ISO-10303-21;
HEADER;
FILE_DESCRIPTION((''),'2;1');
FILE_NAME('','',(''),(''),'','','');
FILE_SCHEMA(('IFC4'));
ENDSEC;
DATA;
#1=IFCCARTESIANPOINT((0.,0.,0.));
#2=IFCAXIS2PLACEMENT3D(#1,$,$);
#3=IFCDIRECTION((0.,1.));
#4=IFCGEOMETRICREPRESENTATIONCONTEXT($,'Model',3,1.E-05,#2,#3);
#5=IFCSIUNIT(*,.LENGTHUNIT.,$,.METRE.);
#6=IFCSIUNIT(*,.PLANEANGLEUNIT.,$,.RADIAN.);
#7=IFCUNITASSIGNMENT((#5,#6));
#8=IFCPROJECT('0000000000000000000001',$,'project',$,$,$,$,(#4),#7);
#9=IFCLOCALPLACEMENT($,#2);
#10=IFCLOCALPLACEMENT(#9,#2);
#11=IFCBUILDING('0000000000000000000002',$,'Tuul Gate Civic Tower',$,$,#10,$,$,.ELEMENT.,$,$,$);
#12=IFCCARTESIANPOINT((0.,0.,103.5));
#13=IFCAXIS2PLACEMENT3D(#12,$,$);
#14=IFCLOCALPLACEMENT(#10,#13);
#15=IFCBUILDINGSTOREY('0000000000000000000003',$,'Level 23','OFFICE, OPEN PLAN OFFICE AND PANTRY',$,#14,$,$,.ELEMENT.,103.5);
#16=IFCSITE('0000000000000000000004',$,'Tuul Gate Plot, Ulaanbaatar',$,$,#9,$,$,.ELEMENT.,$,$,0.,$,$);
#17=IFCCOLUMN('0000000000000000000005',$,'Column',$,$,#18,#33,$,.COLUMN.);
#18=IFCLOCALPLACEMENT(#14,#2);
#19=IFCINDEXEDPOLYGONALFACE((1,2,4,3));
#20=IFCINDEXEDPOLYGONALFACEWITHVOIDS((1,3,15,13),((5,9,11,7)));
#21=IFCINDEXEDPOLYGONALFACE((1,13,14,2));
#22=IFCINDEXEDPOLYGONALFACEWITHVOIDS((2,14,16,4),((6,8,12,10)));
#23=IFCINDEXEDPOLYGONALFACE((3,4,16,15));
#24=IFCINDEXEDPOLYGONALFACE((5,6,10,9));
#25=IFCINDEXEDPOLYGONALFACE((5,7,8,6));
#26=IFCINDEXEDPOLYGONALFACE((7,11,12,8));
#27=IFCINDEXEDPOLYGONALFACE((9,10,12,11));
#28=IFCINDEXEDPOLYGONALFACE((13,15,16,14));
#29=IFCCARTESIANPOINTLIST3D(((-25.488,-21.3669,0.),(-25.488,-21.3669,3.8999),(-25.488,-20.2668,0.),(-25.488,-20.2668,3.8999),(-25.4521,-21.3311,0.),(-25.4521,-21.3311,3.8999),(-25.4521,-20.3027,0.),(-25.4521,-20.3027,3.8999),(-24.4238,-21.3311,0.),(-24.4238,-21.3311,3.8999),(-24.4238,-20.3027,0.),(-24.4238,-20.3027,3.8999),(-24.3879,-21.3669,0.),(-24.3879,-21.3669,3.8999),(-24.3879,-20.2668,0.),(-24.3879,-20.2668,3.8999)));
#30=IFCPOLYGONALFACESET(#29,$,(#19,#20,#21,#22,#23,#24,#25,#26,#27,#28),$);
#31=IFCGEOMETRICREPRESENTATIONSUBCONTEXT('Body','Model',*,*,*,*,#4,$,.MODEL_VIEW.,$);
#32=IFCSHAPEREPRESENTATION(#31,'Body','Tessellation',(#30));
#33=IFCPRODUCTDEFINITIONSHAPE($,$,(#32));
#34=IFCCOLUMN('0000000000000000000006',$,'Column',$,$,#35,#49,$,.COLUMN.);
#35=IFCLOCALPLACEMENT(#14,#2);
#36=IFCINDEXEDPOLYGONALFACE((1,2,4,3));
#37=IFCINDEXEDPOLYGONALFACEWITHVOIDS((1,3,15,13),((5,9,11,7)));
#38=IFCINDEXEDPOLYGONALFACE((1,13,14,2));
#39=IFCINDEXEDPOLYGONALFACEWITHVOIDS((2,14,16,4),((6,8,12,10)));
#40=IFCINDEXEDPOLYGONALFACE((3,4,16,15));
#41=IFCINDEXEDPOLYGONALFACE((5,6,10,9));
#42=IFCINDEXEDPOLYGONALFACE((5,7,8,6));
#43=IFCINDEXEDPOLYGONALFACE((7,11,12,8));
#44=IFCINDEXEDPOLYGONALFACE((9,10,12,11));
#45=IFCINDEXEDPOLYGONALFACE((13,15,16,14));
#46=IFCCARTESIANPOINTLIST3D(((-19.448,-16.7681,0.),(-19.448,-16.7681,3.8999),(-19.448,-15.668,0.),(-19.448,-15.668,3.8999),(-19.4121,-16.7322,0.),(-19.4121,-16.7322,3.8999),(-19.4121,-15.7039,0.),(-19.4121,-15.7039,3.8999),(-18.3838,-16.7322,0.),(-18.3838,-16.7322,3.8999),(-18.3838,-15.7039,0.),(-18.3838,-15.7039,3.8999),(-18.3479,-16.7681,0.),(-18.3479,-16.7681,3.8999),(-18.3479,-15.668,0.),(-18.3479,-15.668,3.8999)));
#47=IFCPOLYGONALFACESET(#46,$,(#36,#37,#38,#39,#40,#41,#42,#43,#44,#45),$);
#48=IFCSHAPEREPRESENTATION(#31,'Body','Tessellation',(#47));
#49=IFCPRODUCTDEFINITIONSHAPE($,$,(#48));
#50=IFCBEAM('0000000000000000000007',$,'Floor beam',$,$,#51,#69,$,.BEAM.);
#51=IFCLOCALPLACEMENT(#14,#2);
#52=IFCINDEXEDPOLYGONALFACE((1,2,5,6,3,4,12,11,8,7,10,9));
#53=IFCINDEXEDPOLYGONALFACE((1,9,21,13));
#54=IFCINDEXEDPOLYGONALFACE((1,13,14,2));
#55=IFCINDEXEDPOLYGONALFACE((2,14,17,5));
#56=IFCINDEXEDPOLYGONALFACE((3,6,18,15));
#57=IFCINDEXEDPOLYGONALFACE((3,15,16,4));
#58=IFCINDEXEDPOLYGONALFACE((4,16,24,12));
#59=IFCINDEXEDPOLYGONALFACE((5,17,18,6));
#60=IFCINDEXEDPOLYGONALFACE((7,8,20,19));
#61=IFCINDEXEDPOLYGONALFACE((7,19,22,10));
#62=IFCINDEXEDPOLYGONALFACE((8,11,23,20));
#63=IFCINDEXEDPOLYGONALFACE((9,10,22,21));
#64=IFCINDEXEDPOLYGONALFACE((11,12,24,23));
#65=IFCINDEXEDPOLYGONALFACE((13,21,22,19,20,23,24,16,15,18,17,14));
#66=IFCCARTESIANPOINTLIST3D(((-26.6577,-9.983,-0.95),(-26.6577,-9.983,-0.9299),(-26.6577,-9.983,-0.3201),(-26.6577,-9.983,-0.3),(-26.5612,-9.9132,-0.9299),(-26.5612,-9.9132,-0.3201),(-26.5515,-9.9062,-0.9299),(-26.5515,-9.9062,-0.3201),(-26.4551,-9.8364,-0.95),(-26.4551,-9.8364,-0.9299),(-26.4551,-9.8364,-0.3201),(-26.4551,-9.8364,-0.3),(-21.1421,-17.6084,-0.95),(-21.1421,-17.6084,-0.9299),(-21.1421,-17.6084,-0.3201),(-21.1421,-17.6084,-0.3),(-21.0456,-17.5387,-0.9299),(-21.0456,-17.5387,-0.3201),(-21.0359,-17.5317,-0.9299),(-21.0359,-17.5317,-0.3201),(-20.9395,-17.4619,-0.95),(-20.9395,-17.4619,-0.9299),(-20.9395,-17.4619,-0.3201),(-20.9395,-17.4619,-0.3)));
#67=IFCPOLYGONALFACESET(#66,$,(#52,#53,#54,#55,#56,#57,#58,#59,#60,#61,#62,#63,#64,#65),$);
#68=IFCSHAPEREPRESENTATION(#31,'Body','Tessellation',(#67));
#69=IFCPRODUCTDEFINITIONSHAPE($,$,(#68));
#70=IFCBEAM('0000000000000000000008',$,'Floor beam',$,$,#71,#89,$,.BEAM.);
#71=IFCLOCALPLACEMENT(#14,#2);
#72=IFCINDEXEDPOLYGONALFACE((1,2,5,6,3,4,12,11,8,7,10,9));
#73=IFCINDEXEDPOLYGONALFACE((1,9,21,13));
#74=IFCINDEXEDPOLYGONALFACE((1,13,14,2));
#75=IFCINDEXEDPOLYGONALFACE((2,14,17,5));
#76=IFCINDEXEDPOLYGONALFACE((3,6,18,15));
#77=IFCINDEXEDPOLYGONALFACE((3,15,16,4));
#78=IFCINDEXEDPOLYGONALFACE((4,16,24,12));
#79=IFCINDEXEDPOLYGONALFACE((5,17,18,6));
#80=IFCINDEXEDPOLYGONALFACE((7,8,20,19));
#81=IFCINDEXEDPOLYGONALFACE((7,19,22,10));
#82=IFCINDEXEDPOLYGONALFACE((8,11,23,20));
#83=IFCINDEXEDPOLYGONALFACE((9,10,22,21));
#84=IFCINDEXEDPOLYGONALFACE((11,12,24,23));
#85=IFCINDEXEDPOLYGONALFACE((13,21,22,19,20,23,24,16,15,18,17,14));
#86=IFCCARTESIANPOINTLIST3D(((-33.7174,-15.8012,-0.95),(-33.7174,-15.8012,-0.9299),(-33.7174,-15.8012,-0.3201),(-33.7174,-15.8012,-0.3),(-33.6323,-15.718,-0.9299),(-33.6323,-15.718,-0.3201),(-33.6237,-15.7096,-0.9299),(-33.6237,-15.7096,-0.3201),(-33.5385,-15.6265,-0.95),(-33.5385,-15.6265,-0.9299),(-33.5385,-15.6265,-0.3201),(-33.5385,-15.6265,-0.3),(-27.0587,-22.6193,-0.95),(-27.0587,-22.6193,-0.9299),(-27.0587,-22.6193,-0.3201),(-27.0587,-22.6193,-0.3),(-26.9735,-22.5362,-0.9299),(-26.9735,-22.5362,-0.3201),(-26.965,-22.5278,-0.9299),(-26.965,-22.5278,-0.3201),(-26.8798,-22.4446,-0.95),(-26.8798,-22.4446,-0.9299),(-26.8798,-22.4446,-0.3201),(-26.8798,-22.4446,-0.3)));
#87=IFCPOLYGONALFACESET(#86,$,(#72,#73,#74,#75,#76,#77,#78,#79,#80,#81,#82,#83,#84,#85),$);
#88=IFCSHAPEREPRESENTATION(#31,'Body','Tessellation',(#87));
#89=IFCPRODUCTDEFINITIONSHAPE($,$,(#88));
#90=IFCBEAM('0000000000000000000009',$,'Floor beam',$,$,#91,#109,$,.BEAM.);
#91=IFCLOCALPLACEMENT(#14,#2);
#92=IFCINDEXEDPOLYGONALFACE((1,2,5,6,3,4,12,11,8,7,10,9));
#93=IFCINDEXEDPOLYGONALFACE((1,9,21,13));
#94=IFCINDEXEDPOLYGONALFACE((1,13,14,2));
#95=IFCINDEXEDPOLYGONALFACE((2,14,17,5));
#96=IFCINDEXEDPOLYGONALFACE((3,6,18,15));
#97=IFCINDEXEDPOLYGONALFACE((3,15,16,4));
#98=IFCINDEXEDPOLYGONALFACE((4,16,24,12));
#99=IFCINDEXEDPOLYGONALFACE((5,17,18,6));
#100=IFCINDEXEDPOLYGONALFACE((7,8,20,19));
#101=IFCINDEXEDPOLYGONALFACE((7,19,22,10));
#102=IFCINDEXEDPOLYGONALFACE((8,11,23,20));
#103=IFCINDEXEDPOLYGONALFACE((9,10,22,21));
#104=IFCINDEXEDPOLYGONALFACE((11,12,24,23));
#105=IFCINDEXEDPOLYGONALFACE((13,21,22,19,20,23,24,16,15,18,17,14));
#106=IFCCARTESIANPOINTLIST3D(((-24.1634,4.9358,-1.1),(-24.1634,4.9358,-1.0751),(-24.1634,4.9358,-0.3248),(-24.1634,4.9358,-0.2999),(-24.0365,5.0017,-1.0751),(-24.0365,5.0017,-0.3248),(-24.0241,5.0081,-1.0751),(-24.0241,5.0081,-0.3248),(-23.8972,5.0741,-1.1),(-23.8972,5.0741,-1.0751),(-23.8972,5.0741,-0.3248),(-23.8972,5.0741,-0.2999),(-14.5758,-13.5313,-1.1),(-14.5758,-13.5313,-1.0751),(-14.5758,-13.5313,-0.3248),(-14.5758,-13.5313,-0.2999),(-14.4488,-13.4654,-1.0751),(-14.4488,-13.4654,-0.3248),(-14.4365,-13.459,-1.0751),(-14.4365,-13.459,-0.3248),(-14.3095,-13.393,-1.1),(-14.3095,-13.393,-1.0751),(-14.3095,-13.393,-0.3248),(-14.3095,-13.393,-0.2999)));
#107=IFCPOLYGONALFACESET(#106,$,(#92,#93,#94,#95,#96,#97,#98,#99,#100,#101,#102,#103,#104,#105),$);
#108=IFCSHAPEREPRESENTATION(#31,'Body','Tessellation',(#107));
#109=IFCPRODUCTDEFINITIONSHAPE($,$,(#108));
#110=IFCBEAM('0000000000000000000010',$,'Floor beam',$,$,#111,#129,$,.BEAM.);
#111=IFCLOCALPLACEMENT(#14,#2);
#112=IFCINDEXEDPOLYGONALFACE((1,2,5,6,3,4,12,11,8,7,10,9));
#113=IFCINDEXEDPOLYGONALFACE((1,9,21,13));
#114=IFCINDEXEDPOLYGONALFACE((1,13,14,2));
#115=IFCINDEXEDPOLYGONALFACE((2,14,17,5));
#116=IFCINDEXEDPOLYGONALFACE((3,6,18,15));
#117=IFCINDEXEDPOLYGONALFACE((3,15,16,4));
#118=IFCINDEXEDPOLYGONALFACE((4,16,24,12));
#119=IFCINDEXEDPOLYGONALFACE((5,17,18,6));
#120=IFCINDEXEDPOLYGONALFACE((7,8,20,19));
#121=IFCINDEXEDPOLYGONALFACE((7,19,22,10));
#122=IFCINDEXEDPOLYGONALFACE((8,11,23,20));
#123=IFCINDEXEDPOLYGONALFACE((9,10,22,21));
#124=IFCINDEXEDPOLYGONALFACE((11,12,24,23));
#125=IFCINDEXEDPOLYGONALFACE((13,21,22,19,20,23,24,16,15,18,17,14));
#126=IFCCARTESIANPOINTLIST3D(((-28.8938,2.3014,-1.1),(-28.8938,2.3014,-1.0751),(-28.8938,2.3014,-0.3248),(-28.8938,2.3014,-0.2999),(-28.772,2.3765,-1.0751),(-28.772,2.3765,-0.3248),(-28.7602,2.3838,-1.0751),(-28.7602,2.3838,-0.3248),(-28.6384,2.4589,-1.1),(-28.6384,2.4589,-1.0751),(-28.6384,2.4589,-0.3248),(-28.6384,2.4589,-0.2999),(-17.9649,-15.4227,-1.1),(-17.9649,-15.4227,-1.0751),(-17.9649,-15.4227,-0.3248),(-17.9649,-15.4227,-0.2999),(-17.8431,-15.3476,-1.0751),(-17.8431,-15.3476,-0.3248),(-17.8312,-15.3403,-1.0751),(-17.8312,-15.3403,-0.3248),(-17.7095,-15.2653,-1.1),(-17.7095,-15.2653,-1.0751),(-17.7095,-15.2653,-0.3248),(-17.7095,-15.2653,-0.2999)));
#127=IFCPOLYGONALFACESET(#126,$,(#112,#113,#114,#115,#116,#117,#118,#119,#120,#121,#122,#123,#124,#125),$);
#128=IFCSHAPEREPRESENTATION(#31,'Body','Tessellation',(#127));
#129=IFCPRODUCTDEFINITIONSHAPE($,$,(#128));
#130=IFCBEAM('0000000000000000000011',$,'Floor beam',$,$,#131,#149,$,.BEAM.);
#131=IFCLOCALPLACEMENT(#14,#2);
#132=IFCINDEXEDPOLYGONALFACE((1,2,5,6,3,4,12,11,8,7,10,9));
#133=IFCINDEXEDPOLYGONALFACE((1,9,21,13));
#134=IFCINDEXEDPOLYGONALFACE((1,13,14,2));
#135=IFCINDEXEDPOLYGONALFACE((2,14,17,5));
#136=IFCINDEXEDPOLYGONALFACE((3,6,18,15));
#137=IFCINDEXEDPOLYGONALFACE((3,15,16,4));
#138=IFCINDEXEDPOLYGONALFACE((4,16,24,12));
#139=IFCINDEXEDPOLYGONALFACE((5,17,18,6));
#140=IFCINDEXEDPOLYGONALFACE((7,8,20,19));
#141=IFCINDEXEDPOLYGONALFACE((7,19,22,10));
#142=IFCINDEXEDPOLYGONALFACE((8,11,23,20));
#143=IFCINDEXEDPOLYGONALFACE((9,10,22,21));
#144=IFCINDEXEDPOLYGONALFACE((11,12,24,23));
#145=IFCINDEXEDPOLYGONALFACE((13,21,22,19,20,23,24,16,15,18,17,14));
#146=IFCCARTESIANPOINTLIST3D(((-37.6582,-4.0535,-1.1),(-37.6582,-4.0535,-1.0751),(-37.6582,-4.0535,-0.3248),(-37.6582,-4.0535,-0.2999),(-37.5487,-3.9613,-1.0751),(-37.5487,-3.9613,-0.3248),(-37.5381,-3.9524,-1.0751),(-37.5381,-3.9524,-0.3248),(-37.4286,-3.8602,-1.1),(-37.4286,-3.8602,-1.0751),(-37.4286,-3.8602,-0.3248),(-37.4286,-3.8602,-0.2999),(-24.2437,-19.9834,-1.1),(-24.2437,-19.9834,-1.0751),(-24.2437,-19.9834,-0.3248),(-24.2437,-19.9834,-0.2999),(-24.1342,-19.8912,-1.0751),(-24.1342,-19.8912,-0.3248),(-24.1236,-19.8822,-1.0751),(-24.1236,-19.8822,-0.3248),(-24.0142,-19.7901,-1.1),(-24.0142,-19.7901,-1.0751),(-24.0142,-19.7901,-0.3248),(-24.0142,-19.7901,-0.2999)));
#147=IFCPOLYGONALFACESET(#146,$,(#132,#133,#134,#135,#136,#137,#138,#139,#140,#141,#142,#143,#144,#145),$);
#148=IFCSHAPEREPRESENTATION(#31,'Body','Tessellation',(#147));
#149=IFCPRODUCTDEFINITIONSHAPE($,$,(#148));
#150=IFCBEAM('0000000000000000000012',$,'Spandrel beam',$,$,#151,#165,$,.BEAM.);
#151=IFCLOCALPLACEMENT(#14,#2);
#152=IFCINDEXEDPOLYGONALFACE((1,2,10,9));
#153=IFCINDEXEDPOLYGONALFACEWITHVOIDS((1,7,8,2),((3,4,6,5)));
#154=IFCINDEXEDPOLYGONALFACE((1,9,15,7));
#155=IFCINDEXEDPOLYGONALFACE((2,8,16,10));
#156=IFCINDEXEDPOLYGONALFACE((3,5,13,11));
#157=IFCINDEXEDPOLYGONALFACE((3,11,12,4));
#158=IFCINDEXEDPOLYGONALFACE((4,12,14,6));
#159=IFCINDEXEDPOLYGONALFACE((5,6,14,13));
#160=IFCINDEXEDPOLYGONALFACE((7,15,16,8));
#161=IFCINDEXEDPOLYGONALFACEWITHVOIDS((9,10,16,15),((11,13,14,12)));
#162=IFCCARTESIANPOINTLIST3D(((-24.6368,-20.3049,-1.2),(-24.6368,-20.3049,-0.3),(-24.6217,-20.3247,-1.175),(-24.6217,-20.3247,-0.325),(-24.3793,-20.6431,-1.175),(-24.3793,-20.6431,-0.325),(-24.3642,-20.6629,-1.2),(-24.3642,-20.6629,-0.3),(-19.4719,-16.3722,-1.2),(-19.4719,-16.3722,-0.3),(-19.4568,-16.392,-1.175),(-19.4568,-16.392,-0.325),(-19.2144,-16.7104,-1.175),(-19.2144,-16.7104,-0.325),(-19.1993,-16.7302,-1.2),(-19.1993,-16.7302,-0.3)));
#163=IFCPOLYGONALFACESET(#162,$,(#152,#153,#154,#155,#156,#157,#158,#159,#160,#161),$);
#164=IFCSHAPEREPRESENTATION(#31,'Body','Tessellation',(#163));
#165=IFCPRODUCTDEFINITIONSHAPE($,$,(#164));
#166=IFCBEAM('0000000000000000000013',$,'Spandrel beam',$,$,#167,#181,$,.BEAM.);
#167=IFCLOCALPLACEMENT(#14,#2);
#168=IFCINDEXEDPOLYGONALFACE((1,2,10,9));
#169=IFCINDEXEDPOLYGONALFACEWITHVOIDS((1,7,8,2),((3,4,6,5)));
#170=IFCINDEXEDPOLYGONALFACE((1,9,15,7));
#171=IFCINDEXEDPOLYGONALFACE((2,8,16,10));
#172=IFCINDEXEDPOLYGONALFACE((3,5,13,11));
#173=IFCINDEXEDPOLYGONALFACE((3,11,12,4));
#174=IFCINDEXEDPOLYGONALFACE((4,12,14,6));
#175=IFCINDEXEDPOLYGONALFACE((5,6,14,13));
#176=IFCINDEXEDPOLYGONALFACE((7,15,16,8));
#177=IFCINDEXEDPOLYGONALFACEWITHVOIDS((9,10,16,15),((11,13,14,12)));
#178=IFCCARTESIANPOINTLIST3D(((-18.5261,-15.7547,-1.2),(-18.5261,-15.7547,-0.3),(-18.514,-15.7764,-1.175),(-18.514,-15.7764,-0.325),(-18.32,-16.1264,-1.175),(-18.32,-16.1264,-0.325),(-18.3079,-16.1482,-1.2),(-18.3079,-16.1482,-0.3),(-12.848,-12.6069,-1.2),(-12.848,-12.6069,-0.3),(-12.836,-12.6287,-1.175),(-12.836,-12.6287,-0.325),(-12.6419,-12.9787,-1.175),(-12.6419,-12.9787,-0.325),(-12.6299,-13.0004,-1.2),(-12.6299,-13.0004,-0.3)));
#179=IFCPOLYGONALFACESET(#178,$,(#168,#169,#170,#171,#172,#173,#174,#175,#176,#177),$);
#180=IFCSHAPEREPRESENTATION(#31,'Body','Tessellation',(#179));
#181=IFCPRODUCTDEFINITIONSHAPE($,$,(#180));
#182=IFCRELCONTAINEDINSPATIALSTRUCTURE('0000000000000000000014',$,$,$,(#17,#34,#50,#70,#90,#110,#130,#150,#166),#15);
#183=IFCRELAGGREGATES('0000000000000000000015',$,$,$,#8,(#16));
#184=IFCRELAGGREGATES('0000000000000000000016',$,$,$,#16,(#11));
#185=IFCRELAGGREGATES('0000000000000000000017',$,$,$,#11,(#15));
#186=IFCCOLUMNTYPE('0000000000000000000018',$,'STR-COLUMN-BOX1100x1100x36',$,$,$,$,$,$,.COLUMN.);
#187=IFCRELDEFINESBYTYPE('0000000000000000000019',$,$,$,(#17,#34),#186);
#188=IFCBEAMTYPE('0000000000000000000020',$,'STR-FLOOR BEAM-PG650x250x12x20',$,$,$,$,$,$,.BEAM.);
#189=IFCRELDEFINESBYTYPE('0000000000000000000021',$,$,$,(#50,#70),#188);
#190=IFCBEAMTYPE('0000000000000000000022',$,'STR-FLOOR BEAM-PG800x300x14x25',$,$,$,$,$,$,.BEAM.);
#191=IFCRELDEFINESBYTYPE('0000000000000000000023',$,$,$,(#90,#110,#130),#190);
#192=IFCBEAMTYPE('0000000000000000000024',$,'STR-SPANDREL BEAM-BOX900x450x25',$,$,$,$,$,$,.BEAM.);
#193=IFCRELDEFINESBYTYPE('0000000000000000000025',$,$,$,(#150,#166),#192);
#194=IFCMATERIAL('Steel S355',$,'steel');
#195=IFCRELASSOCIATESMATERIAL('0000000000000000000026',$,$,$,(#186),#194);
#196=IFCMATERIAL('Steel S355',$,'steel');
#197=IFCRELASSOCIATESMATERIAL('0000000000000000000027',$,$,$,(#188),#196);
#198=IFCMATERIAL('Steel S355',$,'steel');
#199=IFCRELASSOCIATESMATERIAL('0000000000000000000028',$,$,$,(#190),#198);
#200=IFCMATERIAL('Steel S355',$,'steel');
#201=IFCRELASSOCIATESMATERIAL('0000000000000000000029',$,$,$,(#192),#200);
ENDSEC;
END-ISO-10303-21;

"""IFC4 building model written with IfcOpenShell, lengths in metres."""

from ifc_helpers import new_model, si_unit, direction, frame, origin, origin_2d, place, context, subcontext, project, spatial, hollow_rectangle, i_section, extrude, material, material_profile, profile_set, type_object, element, save


model = new_model("IFC4")

# Units and contexts
model_context = context("Model", 3, precision=1e-05, world=origin(), true_north=direction((0.0, 1.0)))
body_context = subcontext(model_context, "Body", "Model", "MODEL_VIEW")
ifc_project = project(units=[si_unit("LENGTHUNIT", "METRE"), si_unit("PLANEANGLEUNIT", "RADIAN")], contexts=[model_context])

# Site, building, storey
site_placement = place(None, origin())
site = spatial("IfcSite", under=ifc_project, at=site_placement, Name="Tuul Gate Plot, Ulaanbaatar", CompositionType="ELEMENT", RefElevation=0.0)
building_placement = place(site_placement, origin())
building = spatial("IfcBuilding", under=site, at=building_placement, Name="Tuul Gate Civic Tower", CompositionType="ELEMENT")
storey_placement = place(building_placement, frame((0.0, 0.0, 103.5)))
storey = spatial("IfcBuildingStorey", under=building, at=storey_placement, Name="Level 23", Description="OFFICE, OPEN PLAN OFFICE AND PANTRY", CompositionType="ELEMENT", Elevation=103.5)

# Columns
ifc_material_1 = material(Name="Steel S355", Category="steel")
ifc_material_profile_1 = material_profile(ifc_material_1, hollow_rectangle(XDim=1.1001, YDim=1.1001, WallThickness=0.0359, at=origin_2d()), Name="BOX1100x1100x36")
ifc_profile_set_1 = profile_set([ifc_material_profile_1], Name="Steel S355")
column_type = type_object("IfcColumnType", Name="STR-COLUMN-BOX1100x1100x36", PredefinedType="COLUMN", material=ifc_profile_set_1)
for number, where, z_axis, x_axis, name in (
    (1, (-24.938, -20.8169, 0.0), (0.0, 0.0, 1.0), (1.0, 0.0, 0.0), "Column"),
    (2, (-18.8979, -16.218, 0.0), (0.0, 0.0, 1.0), (1.0, 0.0, 0.0), "Column"),
):
    element("IfcColumn", number, at=place(storey_placement, frame(where, z_axis=z_axis, x_axis=x_axis)), inside=storey, type_object=column_type, Name=name, PredefinedType="COLUMN", context=body_context, shape_type="SweptSolid", body=[
        extrude(hollow_rectangle(XDim=1.1001, YDim=1.1001, WallThickness=0.0359, at=origin_2d()), origin(), (0.0, 0.0, 1.0), 3.8999),
    ])

# Beams
ifc_material_2 = material(Name="Steel S355", Category="steel")
ifc_material_profile_2 = material_profile(ifc_material_2, i_section(OverallWidth=0.25, OverallDepth=0.6499, WebThickness=0.012, FlangeThickness=0.02, at=origin_2d()), Name="PG650x250x12x20")
ifc_profile_set_2 = profile_set([ifc_material_profile_2], Name="Steel S355")
beam_type_1 = type_object("IfcBeamType", Name="STR-FLOOR BEAM-PG650x250x12x20", PredefinedType="BEAM", material=ifc_profile_set_2)
beam_1_placement = place(storey_placement, frame((-21.0408, -17.5352, -0.625), z_axis=(-0.586072, 0.810259, 0.0), x_axis=(-0.810259, -0.586072, 0.0)))
element("IfcBeam", 3, at=beam_1_placement, inside=storey, type_object=beam_type_1, Name="Floor beam", PredefinedType="BEAM", context=body_context, shape_type="SweptSolid", body=[
    extrude(i_section(OverallWidth=0.25, OverallDepth=0.6499, WebThickness=0.012, FlangeThickness=0.02, at=origin_2d()), origin(), (0.0, 0.0, 1.0), 9.4111),
])
beam_2_placement = place(storey_placement, frame((-26.9692, -22.532, -0.625), z_axis=(-0.698693, 0.715421, 0.0), x_axis=(-0.715421, -0.698693, 0.0)))
element("IfcBeam", 4, at=beam_2_placement, inside=storey, type_object=beam_type_1, Name="Floor beam", PredefinedType="BEAM", context=body_context, shape_type="SweptSolid", body=[
    extrude(i_section(OverallWidth=0.25, OverallDepth=0.6499, WebThickness=0.012, FlangeThickness=0.02, at=origin_2d()), origin(), (0.0, 0.0, 1.0), 9.5303),
])
ifc_material_3 = material(Name="Steel S355", Category="steel")
ifc_material_profile_3 = material_profile(ifc_material_3, i_section(OverallWidth=0.3, OverallDepth=0.8, WebThickness=0.0139, FlangeThickness=0.0249, at=origin_2d()), Name="PG800x300x14x25")
ifc_profile_set_3 = profile_set([ifc_material_profile_3], Name="Steel S355")
beam_type_2 = type_object("IfcBeamType", Name="STR-FLOOR BEAM-PG800x300x14x25", PredefinedType="BEAM", material=ifc_profile_set_3)
beam_3_placement = place(storey_placement, frame((-14.4426, -13.4622, -0.7), z_axis=(-0.460777, 0.887516, 0.0), x_axis=(-0.887516, -0.460777, 0.0)))
element("IfcBeam", 5, at=beam_3_placement, inside=storey, type_object=beam_type_2, Name="Floor beam", PredefinedType="BEAM", context=body_context, shape_type="SweptSolid", body=[
    extrude(i_section(OverallWidth=0.3, OverallDepth=0.8, WebThickness=0.0139, FlangeThickness=0.0249, at=origin_2d()), origin(), (0.0, 0.0, 1.0), 20.8076),
])
beam_4_placement = place(storey_placement, frame((-17.8372, -15.344, -0.7), z_axis=(-0.524857, 0.851191, 0.0), x_axis=(-0.851191, -0.524857, 0.0)))
element("IfcBeam", 6, at=beam_4_placement, inside=storey, type_object=beam_type_2, Name="Floor beam", PredefinedType="BEAM", context=body_context, shape_type="SweptSolid", body=[
    extrude(i_section(OverallWidth=0.3, OverallDepth=0.8, WebThickness=0.0139, FlangeThickness=0.0249, at=origin_2d()), origin(), (0.0, 0.0, 1.0), 20.8228),
])
beam_5_placement = place(storey_placement, frame((-24.1289, -19.8867, -0.7), z_axis=(-0.644132, 0.764914, 0.0), x_axis=(-0.764914, -0.644132, 0.0)))
element("IfcBeam", 7, at=beam_5_placement, inside=storey, type_object=beam_type_2, Name="Floor beam", PredefinedType="BEAM", context=body_context, shape_type="SweptSolid", body=[
    extrude(i_section(OverallWidth=0.3, OverallDepth=0.8, WebThickness=0.0139, FlangeThickness=0.0249, at=origin_2d()), origin(), (0.0, 0.0, 1.0), 20.8257),
])
ifc_material_4 = material(Name="Steel S355", Category="steel")
ifc_material_profile_4 = material_profile(ifc_material_4, hollow_rectangle(XDim=0.45, YDim=0.8999, WallThickness=0.0249, at=origin_2d()), Name="BOX900x450x25")
ifc_profile_set_4 = profile_set([ifc_material_profile_4], Name="Steel S355")
beam_type_3 = type_object("IfcBeamType", Name="STR-SPANDREL BEAM-BOX900x450x25", PredefinedType="BEAM", material=ifc_profile_set_4)
beam_6_placement = place(storey_placement, frame((-24.5005, -20.4839, -0.75), z_axis=(0.795615, 0.605803, 0.0), x_axis=(-0.605803, 0.795615, 0.0)))
element("IfcBeam", 8, at=beam_6_placement, inside=storey, type_object=beam_type_3, Name="Spandrel beam", PredefinedType="BEAM", context=body_context, shape_type="SweptSolid", body=[
    extrude(hollow_rectangle(XDim=0.45, YDim=0.8999, WallThickness=0.0249, at=origin_2d()), origin(), (0.0, 0.0, 1.0), 6.4917),
])
beam_7_placement = place(storey_placement, frame((-18.417, -15.9514, -0.75), z_axis=(0.874597, 0.484851, 0.0), x_axis=(-0.484851, 0.874597, 0.0)))
element("IfcBeam", 9, at=beam_7_placement, inside=storey, type_object=beam_type_3, Name="Spandrel beam", PredefinedType="BEAM", context=body_context, shape_type="SweptSolid", body=[
    extrude(hollow_rectangle(XDim=0.45, YDim=0.8999, WallThickness=0.0249, at=origin_2d()), origin(), (0.0, 0.0, 1.0), 6.4922),
])

save(model, "model.ifc")
